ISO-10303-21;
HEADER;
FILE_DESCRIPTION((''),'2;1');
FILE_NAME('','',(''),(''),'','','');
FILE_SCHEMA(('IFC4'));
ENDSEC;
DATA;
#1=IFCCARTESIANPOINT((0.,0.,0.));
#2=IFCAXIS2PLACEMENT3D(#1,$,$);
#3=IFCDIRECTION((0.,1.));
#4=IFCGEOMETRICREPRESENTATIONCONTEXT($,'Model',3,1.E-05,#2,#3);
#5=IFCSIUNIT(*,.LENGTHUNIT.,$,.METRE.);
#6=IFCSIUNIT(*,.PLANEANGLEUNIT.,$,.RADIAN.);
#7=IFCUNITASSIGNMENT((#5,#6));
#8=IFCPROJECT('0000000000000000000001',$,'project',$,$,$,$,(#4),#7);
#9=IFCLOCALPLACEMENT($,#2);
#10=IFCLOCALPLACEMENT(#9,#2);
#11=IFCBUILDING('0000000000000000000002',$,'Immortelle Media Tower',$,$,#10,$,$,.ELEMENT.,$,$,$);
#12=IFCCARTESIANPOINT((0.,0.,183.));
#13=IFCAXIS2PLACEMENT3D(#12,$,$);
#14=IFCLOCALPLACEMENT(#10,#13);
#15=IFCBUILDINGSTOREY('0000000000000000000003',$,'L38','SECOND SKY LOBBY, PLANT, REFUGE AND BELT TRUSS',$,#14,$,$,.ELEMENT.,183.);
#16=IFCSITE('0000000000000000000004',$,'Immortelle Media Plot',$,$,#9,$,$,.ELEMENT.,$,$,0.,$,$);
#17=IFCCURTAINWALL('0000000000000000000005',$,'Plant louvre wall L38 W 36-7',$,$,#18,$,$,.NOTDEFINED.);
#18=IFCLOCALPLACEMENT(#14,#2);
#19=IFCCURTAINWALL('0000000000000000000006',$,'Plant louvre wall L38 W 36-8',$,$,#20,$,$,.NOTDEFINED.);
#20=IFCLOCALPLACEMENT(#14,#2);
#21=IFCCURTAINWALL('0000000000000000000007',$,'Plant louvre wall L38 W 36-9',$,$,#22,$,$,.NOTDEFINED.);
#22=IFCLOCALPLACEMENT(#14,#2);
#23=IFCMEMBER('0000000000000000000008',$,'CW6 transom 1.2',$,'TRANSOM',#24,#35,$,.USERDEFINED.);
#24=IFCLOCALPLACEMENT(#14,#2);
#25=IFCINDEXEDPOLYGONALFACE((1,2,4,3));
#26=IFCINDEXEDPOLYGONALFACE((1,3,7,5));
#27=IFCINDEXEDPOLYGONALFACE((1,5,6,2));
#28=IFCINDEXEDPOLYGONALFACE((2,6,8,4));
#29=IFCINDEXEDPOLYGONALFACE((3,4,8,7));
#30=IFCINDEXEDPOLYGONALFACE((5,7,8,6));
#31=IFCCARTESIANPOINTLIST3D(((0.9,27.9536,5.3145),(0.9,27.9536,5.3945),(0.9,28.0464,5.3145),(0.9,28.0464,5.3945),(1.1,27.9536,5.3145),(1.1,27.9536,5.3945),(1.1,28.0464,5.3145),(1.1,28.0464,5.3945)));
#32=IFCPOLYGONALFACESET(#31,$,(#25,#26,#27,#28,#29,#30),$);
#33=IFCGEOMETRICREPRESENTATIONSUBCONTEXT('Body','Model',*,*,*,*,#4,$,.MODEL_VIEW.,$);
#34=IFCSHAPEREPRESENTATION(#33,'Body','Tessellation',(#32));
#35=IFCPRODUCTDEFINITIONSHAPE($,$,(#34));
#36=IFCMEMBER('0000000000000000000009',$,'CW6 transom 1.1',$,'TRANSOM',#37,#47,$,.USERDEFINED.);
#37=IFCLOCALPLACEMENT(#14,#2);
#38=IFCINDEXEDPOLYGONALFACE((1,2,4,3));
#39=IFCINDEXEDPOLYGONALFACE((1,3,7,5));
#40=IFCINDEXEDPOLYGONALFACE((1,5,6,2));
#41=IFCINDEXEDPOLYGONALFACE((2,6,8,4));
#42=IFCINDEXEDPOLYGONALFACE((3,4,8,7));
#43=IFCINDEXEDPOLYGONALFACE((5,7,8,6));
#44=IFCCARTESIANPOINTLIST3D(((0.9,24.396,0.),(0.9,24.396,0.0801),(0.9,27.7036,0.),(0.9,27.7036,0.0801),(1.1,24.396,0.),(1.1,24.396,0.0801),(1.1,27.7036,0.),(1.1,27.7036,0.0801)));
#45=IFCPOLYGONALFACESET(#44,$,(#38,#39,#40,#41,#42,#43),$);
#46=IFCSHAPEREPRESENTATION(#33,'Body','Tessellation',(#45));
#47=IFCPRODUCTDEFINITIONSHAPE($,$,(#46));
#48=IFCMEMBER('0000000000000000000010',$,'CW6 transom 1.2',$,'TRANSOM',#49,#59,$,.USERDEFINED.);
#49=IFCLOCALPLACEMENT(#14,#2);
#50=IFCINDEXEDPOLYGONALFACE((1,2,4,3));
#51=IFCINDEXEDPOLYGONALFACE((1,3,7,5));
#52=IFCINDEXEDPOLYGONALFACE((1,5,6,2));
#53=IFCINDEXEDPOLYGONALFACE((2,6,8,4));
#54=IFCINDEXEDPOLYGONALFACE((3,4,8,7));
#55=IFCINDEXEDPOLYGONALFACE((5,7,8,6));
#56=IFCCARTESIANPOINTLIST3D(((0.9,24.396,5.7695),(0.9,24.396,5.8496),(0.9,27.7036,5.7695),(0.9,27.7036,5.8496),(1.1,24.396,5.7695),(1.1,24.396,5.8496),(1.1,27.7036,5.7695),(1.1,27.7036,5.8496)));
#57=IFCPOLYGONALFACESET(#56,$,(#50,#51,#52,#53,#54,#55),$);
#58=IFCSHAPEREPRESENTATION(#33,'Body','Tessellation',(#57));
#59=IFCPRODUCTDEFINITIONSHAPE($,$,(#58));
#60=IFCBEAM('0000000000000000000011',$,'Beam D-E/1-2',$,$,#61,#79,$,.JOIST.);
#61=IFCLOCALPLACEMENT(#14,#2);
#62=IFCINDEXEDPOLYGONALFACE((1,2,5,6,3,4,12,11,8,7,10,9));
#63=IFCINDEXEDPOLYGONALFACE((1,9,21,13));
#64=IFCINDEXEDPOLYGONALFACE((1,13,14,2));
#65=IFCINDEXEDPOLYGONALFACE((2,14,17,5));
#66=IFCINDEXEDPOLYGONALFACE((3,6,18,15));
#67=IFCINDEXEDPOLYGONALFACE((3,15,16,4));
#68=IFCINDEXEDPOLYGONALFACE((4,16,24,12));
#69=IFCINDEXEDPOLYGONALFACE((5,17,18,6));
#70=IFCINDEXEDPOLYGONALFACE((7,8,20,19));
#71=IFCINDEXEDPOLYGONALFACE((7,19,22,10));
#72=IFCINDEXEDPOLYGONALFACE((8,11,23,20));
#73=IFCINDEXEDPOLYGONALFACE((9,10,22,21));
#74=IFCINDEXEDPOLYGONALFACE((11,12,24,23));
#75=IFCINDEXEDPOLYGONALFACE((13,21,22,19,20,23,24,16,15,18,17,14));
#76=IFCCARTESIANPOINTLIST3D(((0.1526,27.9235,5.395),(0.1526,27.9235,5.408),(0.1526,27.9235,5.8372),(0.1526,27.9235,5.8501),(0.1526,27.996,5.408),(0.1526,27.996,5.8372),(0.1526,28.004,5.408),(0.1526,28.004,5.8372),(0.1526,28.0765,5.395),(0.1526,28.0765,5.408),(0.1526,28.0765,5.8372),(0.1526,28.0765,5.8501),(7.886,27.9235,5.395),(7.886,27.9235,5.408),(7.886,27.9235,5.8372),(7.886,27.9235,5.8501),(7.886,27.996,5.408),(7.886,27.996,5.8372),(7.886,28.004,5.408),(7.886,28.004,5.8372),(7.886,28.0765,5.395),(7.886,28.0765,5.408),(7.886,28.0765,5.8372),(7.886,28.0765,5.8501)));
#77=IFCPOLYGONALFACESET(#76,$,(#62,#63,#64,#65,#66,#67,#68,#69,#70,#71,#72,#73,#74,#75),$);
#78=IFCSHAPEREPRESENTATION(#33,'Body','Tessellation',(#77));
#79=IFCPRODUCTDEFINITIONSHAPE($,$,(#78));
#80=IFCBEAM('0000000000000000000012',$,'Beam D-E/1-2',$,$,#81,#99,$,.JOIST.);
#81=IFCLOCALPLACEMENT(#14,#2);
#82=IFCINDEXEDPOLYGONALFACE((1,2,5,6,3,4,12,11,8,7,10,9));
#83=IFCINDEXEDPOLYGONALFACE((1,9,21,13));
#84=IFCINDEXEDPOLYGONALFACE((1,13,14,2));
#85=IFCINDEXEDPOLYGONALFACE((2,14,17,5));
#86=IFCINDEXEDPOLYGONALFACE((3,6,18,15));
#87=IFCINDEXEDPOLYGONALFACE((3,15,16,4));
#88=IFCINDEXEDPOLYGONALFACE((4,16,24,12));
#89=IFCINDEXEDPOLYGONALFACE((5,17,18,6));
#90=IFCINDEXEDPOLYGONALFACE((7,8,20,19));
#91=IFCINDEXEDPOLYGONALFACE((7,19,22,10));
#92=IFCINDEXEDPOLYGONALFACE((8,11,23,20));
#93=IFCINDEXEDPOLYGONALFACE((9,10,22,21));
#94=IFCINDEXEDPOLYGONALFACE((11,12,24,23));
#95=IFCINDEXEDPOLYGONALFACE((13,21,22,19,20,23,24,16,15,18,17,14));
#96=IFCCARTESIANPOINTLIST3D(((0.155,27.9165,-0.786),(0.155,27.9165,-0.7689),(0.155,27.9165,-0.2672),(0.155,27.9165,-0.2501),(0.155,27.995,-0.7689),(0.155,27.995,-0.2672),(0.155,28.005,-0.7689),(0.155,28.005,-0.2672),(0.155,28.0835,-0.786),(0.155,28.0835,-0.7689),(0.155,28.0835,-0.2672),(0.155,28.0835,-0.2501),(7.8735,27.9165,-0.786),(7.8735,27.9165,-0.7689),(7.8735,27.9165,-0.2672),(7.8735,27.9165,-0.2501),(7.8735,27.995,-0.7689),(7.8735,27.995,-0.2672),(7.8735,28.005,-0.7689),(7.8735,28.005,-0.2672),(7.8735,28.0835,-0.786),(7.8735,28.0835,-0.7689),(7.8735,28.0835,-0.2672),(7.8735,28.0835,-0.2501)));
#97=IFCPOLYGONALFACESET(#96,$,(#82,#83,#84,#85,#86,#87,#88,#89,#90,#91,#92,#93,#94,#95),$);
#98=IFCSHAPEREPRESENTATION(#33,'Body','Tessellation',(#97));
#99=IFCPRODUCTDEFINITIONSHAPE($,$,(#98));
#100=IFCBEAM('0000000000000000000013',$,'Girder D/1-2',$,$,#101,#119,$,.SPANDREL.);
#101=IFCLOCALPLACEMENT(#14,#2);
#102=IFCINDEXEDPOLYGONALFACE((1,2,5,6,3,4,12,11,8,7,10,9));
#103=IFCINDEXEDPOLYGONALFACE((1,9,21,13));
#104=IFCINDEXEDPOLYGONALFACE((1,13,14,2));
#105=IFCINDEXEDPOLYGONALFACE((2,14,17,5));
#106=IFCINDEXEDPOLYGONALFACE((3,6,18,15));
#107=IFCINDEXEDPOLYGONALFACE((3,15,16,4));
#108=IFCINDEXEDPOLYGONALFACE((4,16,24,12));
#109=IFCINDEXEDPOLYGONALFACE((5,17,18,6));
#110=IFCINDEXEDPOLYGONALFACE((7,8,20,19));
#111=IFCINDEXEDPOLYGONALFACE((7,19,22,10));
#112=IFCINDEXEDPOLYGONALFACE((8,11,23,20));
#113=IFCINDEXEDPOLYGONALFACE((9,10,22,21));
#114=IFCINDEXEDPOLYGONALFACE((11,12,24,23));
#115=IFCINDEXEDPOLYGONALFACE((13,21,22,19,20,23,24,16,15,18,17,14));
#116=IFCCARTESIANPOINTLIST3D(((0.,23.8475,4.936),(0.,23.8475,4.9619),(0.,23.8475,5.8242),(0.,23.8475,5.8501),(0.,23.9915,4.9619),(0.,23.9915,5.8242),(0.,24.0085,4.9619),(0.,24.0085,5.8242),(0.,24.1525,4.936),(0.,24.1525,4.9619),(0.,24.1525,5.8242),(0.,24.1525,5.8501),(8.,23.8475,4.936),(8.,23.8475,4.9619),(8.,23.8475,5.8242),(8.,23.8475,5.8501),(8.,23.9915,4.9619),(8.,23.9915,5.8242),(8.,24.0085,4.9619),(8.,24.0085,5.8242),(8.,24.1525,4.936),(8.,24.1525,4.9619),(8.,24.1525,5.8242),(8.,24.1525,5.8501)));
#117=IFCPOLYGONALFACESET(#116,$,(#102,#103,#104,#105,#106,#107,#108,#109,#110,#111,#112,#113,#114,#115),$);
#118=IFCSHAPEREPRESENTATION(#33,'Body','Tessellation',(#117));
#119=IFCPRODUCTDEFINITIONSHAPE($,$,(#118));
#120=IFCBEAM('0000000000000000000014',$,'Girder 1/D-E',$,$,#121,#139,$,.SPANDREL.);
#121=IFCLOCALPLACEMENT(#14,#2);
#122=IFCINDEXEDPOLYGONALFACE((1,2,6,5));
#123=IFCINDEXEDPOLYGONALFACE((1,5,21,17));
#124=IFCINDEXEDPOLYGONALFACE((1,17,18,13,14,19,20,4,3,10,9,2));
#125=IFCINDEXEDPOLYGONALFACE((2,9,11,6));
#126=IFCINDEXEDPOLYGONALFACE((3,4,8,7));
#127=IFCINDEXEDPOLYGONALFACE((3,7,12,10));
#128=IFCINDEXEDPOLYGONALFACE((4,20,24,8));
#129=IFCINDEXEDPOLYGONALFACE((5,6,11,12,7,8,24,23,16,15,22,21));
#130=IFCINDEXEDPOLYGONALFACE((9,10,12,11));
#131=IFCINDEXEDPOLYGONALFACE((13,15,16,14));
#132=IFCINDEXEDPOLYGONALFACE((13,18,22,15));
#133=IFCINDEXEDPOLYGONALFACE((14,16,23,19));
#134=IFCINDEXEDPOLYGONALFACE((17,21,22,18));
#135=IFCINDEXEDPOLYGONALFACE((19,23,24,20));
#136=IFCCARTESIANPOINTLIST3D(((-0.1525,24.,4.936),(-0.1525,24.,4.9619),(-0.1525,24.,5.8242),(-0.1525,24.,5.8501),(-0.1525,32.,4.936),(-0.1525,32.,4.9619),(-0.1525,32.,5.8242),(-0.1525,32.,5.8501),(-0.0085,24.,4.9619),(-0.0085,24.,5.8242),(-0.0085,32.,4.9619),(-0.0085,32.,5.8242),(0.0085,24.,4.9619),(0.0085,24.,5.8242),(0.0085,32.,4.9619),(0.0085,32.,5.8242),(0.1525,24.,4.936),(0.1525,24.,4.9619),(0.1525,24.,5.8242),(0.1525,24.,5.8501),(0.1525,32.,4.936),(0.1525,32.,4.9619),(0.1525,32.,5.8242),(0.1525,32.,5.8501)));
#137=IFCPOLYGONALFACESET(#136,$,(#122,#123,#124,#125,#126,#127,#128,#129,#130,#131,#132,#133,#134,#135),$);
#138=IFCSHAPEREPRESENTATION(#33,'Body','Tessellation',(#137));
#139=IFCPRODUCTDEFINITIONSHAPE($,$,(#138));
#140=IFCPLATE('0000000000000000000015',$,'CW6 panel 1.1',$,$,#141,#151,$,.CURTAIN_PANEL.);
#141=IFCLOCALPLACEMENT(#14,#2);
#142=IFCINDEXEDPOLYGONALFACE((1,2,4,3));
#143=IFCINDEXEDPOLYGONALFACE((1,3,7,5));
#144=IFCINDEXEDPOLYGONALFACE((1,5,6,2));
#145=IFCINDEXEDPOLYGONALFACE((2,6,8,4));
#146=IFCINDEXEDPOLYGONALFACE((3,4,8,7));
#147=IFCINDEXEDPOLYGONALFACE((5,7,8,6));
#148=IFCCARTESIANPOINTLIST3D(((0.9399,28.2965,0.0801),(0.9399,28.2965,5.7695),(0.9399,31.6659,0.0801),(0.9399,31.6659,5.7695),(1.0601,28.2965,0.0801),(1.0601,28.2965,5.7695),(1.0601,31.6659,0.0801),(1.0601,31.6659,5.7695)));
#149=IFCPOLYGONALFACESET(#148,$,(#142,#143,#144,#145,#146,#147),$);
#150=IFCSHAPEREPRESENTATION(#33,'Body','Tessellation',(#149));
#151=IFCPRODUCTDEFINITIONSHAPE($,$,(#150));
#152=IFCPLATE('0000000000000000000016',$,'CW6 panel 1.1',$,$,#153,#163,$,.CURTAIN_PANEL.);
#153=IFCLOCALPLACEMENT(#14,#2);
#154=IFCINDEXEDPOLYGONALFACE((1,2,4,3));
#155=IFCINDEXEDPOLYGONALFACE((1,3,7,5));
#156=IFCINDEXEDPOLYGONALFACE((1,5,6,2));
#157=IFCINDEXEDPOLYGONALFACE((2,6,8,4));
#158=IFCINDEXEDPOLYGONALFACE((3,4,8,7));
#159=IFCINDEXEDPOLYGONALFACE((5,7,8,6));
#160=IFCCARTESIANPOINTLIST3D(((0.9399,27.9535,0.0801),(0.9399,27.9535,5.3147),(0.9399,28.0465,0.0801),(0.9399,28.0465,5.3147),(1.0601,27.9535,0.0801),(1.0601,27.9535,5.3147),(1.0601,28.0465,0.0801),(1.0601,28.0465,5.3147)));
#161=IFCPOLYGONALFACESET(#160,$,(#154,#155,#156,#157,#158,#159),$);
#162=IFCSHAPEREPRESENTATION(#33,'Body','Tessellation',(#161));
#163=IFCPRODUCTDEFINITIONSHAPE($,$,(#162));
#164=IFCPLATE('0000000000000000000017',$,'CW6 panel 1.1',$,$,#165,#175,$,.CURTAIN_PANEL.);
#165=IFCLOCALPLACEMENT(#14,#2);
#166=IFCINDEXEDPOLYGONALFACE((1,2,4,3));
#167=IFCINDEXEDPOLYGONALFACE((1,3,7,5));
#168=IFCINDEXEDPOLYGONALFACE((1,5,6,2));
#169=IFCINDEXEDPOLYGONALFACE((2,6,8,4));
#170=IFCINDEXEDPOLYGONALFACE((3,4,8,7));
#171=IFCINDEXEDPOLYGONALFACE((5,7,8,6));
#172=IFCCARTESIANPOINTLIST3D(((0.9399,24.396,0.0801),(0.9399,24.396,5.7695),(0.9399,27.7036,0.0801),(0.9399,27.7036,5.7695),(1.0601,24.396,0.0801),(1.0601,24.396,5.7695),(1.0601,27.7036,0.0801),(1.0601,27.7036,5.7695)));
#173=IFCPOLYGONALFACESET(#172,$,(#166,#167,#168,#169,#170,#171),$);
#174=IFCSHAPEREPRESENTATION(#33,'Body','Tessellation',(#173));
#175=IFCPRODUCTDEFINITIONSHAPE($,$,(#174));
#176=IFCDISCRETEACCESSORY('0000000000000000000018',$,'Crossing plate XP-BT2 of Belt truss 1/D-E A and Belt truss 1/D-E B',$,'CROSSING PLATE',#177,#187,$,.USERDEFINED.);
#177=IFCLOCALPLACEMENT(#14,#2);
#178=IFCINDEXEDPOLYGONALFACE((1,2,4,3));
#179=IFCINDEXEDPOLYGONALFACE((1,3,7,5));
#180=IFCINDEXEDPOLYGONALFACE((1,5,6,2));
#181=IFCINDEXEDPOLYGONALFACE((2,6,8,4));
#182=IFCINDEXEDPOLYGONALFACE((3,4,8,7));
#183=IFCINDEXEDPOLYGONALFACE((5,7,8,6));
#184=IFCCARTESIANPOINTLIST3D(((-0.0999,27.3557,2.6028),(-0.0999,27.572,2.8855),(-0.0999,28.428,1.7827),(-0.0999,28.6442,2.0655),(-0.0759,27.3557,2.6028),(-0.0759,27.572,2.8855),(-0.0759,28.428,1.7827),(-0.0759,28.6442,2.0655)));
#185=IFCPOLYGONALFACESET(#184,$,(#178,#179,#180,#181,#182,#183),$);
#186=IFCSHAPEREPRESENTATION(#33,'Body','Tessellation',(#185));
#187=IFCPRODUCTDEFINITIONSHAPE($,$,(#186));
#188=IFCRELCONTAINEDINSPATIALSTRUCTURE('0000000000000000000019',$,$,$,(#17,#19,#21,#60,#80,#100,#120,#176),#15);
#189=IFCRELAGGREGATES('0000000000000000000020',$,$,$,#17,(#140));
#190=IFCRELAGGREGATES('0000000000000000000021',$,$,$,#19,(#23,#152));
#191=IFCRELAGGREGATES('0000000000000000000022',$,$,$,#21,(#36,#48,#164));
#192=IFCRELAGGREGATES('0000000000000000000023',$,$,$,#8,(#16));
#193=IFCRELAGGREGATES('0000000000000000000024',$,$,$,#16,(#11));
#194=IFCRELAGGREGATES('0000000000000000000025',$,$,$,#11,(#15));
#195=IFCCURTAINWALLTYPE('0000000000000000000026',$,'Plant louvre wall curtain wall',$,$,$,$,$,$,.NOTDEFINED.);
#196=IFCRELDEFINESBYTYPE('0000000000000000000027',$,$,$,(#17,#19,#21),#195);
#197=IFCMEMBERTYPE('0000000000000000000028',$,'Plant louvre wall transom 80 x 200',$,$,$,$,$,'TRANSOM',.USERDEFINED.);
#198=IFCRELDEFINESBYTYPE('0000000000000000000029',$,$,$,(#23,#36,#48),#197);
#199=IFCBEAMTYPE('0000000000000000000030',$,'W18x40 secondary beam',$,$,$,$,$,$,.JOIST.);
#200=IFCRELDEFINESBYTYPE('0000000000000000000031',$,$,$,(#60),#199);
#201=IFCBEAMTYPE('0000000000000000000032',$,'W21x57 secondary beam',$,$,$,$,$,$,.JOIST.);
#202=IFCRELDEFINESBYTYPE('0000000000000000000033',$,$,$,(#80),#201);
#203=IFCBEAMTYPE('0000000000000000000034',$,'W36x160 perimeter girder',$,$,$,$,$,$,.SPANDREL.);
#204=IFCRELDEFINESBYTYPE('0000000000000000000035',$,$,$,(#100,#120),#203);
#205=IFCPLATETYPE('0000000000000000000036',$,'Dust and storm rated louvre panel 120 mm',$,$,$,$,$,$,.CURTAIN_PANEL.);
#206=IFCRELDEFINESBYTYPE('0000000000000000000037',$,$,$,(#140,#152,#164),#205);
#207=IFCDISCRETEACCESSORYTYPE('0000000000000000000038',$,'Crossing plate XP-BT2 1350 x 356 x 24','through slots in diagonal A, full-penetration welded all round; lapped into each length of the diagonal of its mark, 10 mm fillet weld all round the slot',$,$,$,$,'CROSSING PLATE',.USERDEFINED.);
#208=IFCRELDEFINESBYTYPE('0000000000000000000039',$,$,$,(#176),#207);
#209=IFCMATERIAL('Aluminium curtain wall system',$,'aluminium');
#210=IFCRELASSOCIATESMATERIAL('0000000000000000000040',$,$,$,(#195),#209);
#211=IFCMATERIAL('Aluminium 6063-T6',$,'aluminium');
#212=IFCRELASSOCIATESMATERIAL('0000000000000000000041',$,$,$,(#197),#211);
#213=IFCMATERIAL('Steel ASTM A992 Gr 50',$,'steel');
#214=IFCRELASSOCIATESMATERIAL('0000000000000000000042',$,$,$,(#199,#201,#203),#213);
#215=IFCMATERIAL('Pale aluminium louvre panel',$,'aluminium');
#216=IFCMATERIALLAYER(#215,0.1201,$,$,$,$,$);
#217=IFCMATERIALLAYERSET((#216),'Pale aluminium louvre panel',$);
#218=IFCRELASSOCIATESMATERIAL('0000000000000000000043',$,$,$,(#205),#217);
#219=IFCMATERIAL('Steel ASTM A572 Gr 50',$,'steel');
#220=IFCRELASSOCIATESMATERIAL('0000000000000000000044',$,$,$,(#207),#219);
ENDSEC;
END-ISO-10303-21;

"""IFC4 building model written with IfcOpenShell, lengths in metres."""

from ifc_helpers import new_model, si_unit, direction, frame, origin, origin_2d, place, context, subcontext, project, spatial, rectangle, i_section, extrude, material, layer, layer_set, material_profile, profile_set, type_object, element, aggregate, save


model = new_model("IFC4")

# Units and contexts
model_context = context("Model", 3, precision=1e-05, world=origin(), true_north=direction((0.0, 1.0)))
body_context = subcontext(model_context, "Body", "Model", "MODEL_VIEW")
ifc_project = project(units=[si_unit("LENGTHUNIT", "METRE"), si_unit("PLANEANGLEUNIT", "RADIAN")], contexts=[model_context])

# Site, building, storey
site_placement = place(None, origin())
site = spatial("IfcSite", under=ifc_project, at=site_placement, Name="Immortelle Media Plot", CompositionType="ELEMENT", RefElevation=0.0)
building_placement = place(site_placement, origin())
building = spatial("IfcBuilding", under=site, at=building_placement, Name="Immortelle Media Tower", CompositionType="ELEMENT")
storey_placement = place(building_placement, frame((0.0, 0.0, 183.0)))
storey = spatial("IfcBuildingStorey", under=building, at=storey_placement, Name="L38", Description="SECOND SKY LOBBY, PLANT, REFUGE AND BELT TRUSS", CompositionType="ELEMENT", Elevation=183.0)

# Curtain wall
ifc_material_1 = material(Name="Aluminium curtain wall system", Category="aluminium")
curtain_wall_type = type_object("IfcCurtainWallType", Name="Plant louvre wall curtain wall", PredefinedType="NOTDEFINED", material=ifc_material_1)
curtain_wall_1_placement = place(storey_placement, origin())
curtain_wall_1 = element("IfcCurtainWall", 1, at=curtain_wall_1_placement, inside=storey, type_object=curtain_wall_type, Name="Plant louvre wall L38 W 36-7", PredefinedType="NOTDEFINED")
ifc_material_2 = material(Name="Aluminium 6063-T6", Category="aluminium")

# Curtain walls
curtain_wall_2_placement = place(storey_placement, origin())
curtain_wall_2 = element("IfcCurtainWall", 2, at=curtain_wall_2_placement, inside=storey, type_object=curtain_wall_type, Name="Plant louvre wall L38 W 36-8", PredefinedType="NOTDEFINED")
curtain_wall_3_placement = place(storey_placement, origin())
curtain_wall_3 = element("IfcCurtainWall", 3, at=curtain_wall_3_placement, inside=storey, type_object=curtain_wall_type, Name="Plant louvre wall L38 W 36-9", PredefinedType="NOTDEFINED")

# Members
ifc_material_profile_1 = material_profile(ifc_material_2, rectangle(XDim=0.2, YDim=0.0801, at=origin_2d()), Name="AL 80x200")
ifc_profile_set_1 = profile_set([ifc_material_profile_1], Name="Aluminium 6063-T6")
member_type_1 = type_object("IfcMemberType", Name="Plant louvre wall transom 80 x 200", ElementType="TRANSOM", PredefinedType="USERDEFINED", material=ifc_profile_set_1)
member_1_placement = place(storey_placement, frame((1.0, 28.0464, 5.3545), z_axis=(0.0, -1.0, 0.0), x_axis=(1.0, 0.0, 0.0)))
member_1 = element("IfcMember", 4, at=member_1_placement, type_object=member_type_1, Name="CW6 transom 1.2", ObjectType="TRANSOM", PredefinedType="USERDEFINED", context=body_context, shape_type="SweptSolid", body=[
    extrude(rectangle(XDim=0.2, YDim=0.0801, at=origin_2d()), origin(), (0.0, 0.0, 1.0), 0.0928),
])
member_2_placement = place(storey_placement, frame((1.0, 27.7036, 0.04), z_axis=(0.0, -1.0, 0.0), x_axis=(1.0, 0.0, 0.0)))
member_2 = element("IfcMember", 5, at=member_2_placement, type_object=member_type_1, Name="CW6 transom 1.1", ObjectType="TRANSOM", PredefinedType="USERDEFINED", context=body_context, shape_type="SweptSolid", body=[
    extrude(rectangle(XDim=0.2, YDim=0.0801, at=origin_2d()), origin(), (0.0, 0.0, 1.0), 3.3076),
])
member_3_placement = place(storey_placement, frame((1.0, 27.7036, 5.8096), z_axis=(0.0, -1.0, 0.0), x_axis=(1.0, 0.0, 0.0)))
member_3 = element("IfcMember", 6, at=member_3_placement, type_object=member_type_1, Name="CW6 transom 1.2", ObjectType="TRANSOM", PredefinedType="USERDEFINED", context=body_context, shape_type="SweptSolid", body=[
    extrude(rectangle(XDim=0.2, YDim=0.0801, at=origin_2d()), origin(), (0.0, 0.0, 1.0), 3.3076),
])

# Beams
ifc_material_3 = material(Name="Steel ASTM A992 Gr 50", Category="steel")
ifc_material_profile_2 = material_profile(ifc_material_3, i_section(OverallWidth=0.1531, OverallDepth=0.4551, WebThickness=0.0081, FlangeThickness=0.0129, at=origin_2d()), Name="W18x40")
ifc_profile_set_2 = profile_set([ifc_material_profile_2], Name="Steel ASTM A992 Gr 50")
beam_type_1 = type_object("IfcBeamType", Name="W18x40 secondary beam", PredefinedType="JOIST", material=ifc_profile_set_2)
beam_1_placement = place(storey_placement, frame((0.1526, 28.0, 5.6226), z_axis=(1.0, 0.0, 0.0), x_axis=(0.0, 1.0, 0.0)))
element("IfcBeam", 7, at=beam_1_placement, inside=storey, type_object=beam_type_1, Name="Beam D-E/1-2", PredefinedType="JOIST", context=body_context, shape_type="SweptSolid", body=[
    extrude(i_section(OverallWidth=0.1531, OverallDepth=0.4551, WebThickness=0.0081, FlangeThickness=0.0129, at=origin_2d()), origin(), (0.0, 0.0, 1.0), 7.7334),
])
ifc_material_profile_3 = material_profile(ifc_material_3, i_section(OverallWidth=0.167, OverallDepth=0.5359, WebThickness=0.01, FlangeThickness=0.0171, at=origin_2d()), Name="W21x57")
ifc_profile_set_3 = profile_set([ifc_material_profile_3], Name="Steel ASTM A992 Gr 50")
beam_type_2 = type_object("IfcBeamType", Name="W21x57 secondary beam", PredefinedType="JOIST", material=ifc_profile_set_3)
beam_2_placement = place(storey_placement, frame((0.155, 28.0, -0.5181), z_axis=(1.0, 0.0, 0.0), x_axis=(0.0, 1.0, 0.0)))
element("IfcBeam", 8, at=beam_2_placement, inside=storey, type_object=beam_type_2, Name="Beam D-E/1-2", PredefinedType="JOIST", context=body_context, shape_type="SweptSolid", body=[
    extrude(i_section(OverallWidth=0.167, OverallDepth=0.5359, WebThickness=0.01, FlangeThickness=0.0171, at=origin_2d()), origin(), (0.0, 0.0, 1.0), 7.7185),
])
ifc_material_profile_4 = material_profile(ifc_material_3, i_section(OverallWidth=0.3049, OverallDepth=0.9141, WebThickness=0.0171, FlangeThickness=0.0259, at=origin_2d()), Name="W36x160")
ifc_profile_set_4 = profile_set([ifc_material_profile_4], Name="Steel ASTM A992 Gr 50")
beam_type_3 = type_object("IfcBeamType", Name="W36x160 perimeter girder", PredefinedType="SPANDREL", material=ifc_profile_set_4)
for number, where, z_axis, x_axis, name in (
    (9, (0.0, 24.0, 5.3931), (1.0, 0.0, 0.0), (0.0, 1.0, 0.0), "Girder D/1-2"),
    (10, (0.0, 24.0, 5.3931), (0.0, 1.0, 0.0), (-1.0, 0.0, 0.0), "Girder 1/D-E"),
):
    element("IfcBeam", number, at=place(storey_placement, frame(where, z_axis=z_axis, x_axis=x_axis)), inside=storey, type_object=beam_type_3, Name=name, PredefinedType="SPANDREL", context=body_context, shape_type="SweptSolid", body=[
        extrude(i_section(OverallWidth=0.3049, OverallDepth=0.9141, WebThickness=0.0171, FlangeThickness=0.0259, at=origin_2d()), origin(), (0.0, 0.0, 1.0), 8.0),
    ])

# Plates
ifc_material_4 = material(Name="Pale aluminium louvre panel", Category="aluminium")
ifc_layer = layer(ifc_material_4, 0.1201)
ifc_layer_set = layer_set([ifc_layer], Name="Pale aluminium louvre panel")
plate_type = type_object("IfcPlateType", Name="Dust and storm rated louvre panel 120 mm", PredefinedType="CURTAIN_PANEL", material=ifc_layer_set)
plate_1_placement = place(storey_placement, frame((1.0, 29.9812, 0.0801), z_axis=(0.0, 0.0, 1.0), x_axis=(0.0, -1.0, 0.0)))
plate_1 = element("IfcPlate", 11, at=plate_1_placement, type_object=plate_type, Name="CW6 panel 1.1", PredefinedType="CURTAIN_PANEL", context=body_context, shape_type="SweptSolid", body=[
    extrude(rectangle(XDim=3.3694, YDim=0.1201, at=origin_2d()), origin(), (0.0, 0.0, 1.0), 5.6895),
])
aggregate(curtain_wall_1, [plate_1])
plate_2_placement = place(storey_placement, frame((1.0, 28.0, 0.0801), z_axis=(0.0, 0.0, 1.0), x_axis=(0.0, -1.0, 0.0)))
plate_2 = element("IfcPlate", 12, at=plate_2_placement, type_object=plate_type, Name="CW6 panel 1.1", PredefinedType="CURTAIN_PANEL", context=body_context, shape_type="SweptSolid", body=[
    extrude(rectangle(XDim=0.093, YDim=0.1201, at=origin_2d()), origin(), (0.0, 0.0, 1.0), 5.2346),
])
aggregate(curtain_wall_2, [member_1, plate_2])
plate_3_placement = place(storey_placement, frame((1.0, 26.0498, 0.0801), z_axis=(0.0, 0.0, 1.0), x_axis=(0.0, -1.0, 0.0)))
plate_3 = element("IfcPlate", 13, at=plate_3_placement, type_object=plate_type, Name="CW6 panel 1.1", PredefinedType="CURTAIN_PANEL", context=body_context, shape_type="SweptSolid", body=[
    extrude(rectangle(XDim=3.3076, YDim=0.1201, at=origin_2d()), origin(), (0.0, 0.0, 1.0), 5.6895),
])
aggregate(curtain_wall_3, [member_2, member_3, plate_3])

# Discrete accessory
ifc_material_5 = material(Name="Steel ASTM A572 Gr 50", Category="steel")
ifc_material_profile_5 = material_profile(ifc_material_5, rectangle(XDim=0.0239, YDim=0.356, at=origin_2d()), Name="PL 24 x 356")
ifc_profile_set_5 = profile_set([ifc_material_profile_5], Name="Steel ASTM A572 Gr 50")
discrete_accessory_type_1 = type_object("IfcDiscreteAccessoryType", Name="Crossing plate XP-BT2 1350 x 356 x 24", Description="through slots in diagonal A, full-penetration welded all round; lapped into each length of the diagonal of its mark, 10 mm fillet weld all round the slot", ElementType="CROSSING PLATE", PredefinedType="USERDEFINED", material=ifc_profile_set_5)
discrete_accessory_placement = place(storey_placement, frame((-0.0879, 27.4639, 2.7441), z_axis=(0.0, 0.794322, -0.607497), x_axis=(-1.0, 0.0, 0.0)))
element("IfcDiscreteAccessory", 14, at=discrete_accessory_placement, inside=storey, type_object=discrete_accessory_type_1, Name="Crossing plate XP-BT2 of Belt truss 1/D-E A and Belt truss 1/D-E B", ObjectType="CROSSING PLATE", PredefinedType="USERDEFINED", context=body_context, shape_type="SweptSolid", body=[
    extrude(rectangle(XDim=0.0239, YDim=0.356, at=origin_2d()), origin(), (0.0, 0.0, 1.0), 1.3499),
])

save(model, "model.ifc")
